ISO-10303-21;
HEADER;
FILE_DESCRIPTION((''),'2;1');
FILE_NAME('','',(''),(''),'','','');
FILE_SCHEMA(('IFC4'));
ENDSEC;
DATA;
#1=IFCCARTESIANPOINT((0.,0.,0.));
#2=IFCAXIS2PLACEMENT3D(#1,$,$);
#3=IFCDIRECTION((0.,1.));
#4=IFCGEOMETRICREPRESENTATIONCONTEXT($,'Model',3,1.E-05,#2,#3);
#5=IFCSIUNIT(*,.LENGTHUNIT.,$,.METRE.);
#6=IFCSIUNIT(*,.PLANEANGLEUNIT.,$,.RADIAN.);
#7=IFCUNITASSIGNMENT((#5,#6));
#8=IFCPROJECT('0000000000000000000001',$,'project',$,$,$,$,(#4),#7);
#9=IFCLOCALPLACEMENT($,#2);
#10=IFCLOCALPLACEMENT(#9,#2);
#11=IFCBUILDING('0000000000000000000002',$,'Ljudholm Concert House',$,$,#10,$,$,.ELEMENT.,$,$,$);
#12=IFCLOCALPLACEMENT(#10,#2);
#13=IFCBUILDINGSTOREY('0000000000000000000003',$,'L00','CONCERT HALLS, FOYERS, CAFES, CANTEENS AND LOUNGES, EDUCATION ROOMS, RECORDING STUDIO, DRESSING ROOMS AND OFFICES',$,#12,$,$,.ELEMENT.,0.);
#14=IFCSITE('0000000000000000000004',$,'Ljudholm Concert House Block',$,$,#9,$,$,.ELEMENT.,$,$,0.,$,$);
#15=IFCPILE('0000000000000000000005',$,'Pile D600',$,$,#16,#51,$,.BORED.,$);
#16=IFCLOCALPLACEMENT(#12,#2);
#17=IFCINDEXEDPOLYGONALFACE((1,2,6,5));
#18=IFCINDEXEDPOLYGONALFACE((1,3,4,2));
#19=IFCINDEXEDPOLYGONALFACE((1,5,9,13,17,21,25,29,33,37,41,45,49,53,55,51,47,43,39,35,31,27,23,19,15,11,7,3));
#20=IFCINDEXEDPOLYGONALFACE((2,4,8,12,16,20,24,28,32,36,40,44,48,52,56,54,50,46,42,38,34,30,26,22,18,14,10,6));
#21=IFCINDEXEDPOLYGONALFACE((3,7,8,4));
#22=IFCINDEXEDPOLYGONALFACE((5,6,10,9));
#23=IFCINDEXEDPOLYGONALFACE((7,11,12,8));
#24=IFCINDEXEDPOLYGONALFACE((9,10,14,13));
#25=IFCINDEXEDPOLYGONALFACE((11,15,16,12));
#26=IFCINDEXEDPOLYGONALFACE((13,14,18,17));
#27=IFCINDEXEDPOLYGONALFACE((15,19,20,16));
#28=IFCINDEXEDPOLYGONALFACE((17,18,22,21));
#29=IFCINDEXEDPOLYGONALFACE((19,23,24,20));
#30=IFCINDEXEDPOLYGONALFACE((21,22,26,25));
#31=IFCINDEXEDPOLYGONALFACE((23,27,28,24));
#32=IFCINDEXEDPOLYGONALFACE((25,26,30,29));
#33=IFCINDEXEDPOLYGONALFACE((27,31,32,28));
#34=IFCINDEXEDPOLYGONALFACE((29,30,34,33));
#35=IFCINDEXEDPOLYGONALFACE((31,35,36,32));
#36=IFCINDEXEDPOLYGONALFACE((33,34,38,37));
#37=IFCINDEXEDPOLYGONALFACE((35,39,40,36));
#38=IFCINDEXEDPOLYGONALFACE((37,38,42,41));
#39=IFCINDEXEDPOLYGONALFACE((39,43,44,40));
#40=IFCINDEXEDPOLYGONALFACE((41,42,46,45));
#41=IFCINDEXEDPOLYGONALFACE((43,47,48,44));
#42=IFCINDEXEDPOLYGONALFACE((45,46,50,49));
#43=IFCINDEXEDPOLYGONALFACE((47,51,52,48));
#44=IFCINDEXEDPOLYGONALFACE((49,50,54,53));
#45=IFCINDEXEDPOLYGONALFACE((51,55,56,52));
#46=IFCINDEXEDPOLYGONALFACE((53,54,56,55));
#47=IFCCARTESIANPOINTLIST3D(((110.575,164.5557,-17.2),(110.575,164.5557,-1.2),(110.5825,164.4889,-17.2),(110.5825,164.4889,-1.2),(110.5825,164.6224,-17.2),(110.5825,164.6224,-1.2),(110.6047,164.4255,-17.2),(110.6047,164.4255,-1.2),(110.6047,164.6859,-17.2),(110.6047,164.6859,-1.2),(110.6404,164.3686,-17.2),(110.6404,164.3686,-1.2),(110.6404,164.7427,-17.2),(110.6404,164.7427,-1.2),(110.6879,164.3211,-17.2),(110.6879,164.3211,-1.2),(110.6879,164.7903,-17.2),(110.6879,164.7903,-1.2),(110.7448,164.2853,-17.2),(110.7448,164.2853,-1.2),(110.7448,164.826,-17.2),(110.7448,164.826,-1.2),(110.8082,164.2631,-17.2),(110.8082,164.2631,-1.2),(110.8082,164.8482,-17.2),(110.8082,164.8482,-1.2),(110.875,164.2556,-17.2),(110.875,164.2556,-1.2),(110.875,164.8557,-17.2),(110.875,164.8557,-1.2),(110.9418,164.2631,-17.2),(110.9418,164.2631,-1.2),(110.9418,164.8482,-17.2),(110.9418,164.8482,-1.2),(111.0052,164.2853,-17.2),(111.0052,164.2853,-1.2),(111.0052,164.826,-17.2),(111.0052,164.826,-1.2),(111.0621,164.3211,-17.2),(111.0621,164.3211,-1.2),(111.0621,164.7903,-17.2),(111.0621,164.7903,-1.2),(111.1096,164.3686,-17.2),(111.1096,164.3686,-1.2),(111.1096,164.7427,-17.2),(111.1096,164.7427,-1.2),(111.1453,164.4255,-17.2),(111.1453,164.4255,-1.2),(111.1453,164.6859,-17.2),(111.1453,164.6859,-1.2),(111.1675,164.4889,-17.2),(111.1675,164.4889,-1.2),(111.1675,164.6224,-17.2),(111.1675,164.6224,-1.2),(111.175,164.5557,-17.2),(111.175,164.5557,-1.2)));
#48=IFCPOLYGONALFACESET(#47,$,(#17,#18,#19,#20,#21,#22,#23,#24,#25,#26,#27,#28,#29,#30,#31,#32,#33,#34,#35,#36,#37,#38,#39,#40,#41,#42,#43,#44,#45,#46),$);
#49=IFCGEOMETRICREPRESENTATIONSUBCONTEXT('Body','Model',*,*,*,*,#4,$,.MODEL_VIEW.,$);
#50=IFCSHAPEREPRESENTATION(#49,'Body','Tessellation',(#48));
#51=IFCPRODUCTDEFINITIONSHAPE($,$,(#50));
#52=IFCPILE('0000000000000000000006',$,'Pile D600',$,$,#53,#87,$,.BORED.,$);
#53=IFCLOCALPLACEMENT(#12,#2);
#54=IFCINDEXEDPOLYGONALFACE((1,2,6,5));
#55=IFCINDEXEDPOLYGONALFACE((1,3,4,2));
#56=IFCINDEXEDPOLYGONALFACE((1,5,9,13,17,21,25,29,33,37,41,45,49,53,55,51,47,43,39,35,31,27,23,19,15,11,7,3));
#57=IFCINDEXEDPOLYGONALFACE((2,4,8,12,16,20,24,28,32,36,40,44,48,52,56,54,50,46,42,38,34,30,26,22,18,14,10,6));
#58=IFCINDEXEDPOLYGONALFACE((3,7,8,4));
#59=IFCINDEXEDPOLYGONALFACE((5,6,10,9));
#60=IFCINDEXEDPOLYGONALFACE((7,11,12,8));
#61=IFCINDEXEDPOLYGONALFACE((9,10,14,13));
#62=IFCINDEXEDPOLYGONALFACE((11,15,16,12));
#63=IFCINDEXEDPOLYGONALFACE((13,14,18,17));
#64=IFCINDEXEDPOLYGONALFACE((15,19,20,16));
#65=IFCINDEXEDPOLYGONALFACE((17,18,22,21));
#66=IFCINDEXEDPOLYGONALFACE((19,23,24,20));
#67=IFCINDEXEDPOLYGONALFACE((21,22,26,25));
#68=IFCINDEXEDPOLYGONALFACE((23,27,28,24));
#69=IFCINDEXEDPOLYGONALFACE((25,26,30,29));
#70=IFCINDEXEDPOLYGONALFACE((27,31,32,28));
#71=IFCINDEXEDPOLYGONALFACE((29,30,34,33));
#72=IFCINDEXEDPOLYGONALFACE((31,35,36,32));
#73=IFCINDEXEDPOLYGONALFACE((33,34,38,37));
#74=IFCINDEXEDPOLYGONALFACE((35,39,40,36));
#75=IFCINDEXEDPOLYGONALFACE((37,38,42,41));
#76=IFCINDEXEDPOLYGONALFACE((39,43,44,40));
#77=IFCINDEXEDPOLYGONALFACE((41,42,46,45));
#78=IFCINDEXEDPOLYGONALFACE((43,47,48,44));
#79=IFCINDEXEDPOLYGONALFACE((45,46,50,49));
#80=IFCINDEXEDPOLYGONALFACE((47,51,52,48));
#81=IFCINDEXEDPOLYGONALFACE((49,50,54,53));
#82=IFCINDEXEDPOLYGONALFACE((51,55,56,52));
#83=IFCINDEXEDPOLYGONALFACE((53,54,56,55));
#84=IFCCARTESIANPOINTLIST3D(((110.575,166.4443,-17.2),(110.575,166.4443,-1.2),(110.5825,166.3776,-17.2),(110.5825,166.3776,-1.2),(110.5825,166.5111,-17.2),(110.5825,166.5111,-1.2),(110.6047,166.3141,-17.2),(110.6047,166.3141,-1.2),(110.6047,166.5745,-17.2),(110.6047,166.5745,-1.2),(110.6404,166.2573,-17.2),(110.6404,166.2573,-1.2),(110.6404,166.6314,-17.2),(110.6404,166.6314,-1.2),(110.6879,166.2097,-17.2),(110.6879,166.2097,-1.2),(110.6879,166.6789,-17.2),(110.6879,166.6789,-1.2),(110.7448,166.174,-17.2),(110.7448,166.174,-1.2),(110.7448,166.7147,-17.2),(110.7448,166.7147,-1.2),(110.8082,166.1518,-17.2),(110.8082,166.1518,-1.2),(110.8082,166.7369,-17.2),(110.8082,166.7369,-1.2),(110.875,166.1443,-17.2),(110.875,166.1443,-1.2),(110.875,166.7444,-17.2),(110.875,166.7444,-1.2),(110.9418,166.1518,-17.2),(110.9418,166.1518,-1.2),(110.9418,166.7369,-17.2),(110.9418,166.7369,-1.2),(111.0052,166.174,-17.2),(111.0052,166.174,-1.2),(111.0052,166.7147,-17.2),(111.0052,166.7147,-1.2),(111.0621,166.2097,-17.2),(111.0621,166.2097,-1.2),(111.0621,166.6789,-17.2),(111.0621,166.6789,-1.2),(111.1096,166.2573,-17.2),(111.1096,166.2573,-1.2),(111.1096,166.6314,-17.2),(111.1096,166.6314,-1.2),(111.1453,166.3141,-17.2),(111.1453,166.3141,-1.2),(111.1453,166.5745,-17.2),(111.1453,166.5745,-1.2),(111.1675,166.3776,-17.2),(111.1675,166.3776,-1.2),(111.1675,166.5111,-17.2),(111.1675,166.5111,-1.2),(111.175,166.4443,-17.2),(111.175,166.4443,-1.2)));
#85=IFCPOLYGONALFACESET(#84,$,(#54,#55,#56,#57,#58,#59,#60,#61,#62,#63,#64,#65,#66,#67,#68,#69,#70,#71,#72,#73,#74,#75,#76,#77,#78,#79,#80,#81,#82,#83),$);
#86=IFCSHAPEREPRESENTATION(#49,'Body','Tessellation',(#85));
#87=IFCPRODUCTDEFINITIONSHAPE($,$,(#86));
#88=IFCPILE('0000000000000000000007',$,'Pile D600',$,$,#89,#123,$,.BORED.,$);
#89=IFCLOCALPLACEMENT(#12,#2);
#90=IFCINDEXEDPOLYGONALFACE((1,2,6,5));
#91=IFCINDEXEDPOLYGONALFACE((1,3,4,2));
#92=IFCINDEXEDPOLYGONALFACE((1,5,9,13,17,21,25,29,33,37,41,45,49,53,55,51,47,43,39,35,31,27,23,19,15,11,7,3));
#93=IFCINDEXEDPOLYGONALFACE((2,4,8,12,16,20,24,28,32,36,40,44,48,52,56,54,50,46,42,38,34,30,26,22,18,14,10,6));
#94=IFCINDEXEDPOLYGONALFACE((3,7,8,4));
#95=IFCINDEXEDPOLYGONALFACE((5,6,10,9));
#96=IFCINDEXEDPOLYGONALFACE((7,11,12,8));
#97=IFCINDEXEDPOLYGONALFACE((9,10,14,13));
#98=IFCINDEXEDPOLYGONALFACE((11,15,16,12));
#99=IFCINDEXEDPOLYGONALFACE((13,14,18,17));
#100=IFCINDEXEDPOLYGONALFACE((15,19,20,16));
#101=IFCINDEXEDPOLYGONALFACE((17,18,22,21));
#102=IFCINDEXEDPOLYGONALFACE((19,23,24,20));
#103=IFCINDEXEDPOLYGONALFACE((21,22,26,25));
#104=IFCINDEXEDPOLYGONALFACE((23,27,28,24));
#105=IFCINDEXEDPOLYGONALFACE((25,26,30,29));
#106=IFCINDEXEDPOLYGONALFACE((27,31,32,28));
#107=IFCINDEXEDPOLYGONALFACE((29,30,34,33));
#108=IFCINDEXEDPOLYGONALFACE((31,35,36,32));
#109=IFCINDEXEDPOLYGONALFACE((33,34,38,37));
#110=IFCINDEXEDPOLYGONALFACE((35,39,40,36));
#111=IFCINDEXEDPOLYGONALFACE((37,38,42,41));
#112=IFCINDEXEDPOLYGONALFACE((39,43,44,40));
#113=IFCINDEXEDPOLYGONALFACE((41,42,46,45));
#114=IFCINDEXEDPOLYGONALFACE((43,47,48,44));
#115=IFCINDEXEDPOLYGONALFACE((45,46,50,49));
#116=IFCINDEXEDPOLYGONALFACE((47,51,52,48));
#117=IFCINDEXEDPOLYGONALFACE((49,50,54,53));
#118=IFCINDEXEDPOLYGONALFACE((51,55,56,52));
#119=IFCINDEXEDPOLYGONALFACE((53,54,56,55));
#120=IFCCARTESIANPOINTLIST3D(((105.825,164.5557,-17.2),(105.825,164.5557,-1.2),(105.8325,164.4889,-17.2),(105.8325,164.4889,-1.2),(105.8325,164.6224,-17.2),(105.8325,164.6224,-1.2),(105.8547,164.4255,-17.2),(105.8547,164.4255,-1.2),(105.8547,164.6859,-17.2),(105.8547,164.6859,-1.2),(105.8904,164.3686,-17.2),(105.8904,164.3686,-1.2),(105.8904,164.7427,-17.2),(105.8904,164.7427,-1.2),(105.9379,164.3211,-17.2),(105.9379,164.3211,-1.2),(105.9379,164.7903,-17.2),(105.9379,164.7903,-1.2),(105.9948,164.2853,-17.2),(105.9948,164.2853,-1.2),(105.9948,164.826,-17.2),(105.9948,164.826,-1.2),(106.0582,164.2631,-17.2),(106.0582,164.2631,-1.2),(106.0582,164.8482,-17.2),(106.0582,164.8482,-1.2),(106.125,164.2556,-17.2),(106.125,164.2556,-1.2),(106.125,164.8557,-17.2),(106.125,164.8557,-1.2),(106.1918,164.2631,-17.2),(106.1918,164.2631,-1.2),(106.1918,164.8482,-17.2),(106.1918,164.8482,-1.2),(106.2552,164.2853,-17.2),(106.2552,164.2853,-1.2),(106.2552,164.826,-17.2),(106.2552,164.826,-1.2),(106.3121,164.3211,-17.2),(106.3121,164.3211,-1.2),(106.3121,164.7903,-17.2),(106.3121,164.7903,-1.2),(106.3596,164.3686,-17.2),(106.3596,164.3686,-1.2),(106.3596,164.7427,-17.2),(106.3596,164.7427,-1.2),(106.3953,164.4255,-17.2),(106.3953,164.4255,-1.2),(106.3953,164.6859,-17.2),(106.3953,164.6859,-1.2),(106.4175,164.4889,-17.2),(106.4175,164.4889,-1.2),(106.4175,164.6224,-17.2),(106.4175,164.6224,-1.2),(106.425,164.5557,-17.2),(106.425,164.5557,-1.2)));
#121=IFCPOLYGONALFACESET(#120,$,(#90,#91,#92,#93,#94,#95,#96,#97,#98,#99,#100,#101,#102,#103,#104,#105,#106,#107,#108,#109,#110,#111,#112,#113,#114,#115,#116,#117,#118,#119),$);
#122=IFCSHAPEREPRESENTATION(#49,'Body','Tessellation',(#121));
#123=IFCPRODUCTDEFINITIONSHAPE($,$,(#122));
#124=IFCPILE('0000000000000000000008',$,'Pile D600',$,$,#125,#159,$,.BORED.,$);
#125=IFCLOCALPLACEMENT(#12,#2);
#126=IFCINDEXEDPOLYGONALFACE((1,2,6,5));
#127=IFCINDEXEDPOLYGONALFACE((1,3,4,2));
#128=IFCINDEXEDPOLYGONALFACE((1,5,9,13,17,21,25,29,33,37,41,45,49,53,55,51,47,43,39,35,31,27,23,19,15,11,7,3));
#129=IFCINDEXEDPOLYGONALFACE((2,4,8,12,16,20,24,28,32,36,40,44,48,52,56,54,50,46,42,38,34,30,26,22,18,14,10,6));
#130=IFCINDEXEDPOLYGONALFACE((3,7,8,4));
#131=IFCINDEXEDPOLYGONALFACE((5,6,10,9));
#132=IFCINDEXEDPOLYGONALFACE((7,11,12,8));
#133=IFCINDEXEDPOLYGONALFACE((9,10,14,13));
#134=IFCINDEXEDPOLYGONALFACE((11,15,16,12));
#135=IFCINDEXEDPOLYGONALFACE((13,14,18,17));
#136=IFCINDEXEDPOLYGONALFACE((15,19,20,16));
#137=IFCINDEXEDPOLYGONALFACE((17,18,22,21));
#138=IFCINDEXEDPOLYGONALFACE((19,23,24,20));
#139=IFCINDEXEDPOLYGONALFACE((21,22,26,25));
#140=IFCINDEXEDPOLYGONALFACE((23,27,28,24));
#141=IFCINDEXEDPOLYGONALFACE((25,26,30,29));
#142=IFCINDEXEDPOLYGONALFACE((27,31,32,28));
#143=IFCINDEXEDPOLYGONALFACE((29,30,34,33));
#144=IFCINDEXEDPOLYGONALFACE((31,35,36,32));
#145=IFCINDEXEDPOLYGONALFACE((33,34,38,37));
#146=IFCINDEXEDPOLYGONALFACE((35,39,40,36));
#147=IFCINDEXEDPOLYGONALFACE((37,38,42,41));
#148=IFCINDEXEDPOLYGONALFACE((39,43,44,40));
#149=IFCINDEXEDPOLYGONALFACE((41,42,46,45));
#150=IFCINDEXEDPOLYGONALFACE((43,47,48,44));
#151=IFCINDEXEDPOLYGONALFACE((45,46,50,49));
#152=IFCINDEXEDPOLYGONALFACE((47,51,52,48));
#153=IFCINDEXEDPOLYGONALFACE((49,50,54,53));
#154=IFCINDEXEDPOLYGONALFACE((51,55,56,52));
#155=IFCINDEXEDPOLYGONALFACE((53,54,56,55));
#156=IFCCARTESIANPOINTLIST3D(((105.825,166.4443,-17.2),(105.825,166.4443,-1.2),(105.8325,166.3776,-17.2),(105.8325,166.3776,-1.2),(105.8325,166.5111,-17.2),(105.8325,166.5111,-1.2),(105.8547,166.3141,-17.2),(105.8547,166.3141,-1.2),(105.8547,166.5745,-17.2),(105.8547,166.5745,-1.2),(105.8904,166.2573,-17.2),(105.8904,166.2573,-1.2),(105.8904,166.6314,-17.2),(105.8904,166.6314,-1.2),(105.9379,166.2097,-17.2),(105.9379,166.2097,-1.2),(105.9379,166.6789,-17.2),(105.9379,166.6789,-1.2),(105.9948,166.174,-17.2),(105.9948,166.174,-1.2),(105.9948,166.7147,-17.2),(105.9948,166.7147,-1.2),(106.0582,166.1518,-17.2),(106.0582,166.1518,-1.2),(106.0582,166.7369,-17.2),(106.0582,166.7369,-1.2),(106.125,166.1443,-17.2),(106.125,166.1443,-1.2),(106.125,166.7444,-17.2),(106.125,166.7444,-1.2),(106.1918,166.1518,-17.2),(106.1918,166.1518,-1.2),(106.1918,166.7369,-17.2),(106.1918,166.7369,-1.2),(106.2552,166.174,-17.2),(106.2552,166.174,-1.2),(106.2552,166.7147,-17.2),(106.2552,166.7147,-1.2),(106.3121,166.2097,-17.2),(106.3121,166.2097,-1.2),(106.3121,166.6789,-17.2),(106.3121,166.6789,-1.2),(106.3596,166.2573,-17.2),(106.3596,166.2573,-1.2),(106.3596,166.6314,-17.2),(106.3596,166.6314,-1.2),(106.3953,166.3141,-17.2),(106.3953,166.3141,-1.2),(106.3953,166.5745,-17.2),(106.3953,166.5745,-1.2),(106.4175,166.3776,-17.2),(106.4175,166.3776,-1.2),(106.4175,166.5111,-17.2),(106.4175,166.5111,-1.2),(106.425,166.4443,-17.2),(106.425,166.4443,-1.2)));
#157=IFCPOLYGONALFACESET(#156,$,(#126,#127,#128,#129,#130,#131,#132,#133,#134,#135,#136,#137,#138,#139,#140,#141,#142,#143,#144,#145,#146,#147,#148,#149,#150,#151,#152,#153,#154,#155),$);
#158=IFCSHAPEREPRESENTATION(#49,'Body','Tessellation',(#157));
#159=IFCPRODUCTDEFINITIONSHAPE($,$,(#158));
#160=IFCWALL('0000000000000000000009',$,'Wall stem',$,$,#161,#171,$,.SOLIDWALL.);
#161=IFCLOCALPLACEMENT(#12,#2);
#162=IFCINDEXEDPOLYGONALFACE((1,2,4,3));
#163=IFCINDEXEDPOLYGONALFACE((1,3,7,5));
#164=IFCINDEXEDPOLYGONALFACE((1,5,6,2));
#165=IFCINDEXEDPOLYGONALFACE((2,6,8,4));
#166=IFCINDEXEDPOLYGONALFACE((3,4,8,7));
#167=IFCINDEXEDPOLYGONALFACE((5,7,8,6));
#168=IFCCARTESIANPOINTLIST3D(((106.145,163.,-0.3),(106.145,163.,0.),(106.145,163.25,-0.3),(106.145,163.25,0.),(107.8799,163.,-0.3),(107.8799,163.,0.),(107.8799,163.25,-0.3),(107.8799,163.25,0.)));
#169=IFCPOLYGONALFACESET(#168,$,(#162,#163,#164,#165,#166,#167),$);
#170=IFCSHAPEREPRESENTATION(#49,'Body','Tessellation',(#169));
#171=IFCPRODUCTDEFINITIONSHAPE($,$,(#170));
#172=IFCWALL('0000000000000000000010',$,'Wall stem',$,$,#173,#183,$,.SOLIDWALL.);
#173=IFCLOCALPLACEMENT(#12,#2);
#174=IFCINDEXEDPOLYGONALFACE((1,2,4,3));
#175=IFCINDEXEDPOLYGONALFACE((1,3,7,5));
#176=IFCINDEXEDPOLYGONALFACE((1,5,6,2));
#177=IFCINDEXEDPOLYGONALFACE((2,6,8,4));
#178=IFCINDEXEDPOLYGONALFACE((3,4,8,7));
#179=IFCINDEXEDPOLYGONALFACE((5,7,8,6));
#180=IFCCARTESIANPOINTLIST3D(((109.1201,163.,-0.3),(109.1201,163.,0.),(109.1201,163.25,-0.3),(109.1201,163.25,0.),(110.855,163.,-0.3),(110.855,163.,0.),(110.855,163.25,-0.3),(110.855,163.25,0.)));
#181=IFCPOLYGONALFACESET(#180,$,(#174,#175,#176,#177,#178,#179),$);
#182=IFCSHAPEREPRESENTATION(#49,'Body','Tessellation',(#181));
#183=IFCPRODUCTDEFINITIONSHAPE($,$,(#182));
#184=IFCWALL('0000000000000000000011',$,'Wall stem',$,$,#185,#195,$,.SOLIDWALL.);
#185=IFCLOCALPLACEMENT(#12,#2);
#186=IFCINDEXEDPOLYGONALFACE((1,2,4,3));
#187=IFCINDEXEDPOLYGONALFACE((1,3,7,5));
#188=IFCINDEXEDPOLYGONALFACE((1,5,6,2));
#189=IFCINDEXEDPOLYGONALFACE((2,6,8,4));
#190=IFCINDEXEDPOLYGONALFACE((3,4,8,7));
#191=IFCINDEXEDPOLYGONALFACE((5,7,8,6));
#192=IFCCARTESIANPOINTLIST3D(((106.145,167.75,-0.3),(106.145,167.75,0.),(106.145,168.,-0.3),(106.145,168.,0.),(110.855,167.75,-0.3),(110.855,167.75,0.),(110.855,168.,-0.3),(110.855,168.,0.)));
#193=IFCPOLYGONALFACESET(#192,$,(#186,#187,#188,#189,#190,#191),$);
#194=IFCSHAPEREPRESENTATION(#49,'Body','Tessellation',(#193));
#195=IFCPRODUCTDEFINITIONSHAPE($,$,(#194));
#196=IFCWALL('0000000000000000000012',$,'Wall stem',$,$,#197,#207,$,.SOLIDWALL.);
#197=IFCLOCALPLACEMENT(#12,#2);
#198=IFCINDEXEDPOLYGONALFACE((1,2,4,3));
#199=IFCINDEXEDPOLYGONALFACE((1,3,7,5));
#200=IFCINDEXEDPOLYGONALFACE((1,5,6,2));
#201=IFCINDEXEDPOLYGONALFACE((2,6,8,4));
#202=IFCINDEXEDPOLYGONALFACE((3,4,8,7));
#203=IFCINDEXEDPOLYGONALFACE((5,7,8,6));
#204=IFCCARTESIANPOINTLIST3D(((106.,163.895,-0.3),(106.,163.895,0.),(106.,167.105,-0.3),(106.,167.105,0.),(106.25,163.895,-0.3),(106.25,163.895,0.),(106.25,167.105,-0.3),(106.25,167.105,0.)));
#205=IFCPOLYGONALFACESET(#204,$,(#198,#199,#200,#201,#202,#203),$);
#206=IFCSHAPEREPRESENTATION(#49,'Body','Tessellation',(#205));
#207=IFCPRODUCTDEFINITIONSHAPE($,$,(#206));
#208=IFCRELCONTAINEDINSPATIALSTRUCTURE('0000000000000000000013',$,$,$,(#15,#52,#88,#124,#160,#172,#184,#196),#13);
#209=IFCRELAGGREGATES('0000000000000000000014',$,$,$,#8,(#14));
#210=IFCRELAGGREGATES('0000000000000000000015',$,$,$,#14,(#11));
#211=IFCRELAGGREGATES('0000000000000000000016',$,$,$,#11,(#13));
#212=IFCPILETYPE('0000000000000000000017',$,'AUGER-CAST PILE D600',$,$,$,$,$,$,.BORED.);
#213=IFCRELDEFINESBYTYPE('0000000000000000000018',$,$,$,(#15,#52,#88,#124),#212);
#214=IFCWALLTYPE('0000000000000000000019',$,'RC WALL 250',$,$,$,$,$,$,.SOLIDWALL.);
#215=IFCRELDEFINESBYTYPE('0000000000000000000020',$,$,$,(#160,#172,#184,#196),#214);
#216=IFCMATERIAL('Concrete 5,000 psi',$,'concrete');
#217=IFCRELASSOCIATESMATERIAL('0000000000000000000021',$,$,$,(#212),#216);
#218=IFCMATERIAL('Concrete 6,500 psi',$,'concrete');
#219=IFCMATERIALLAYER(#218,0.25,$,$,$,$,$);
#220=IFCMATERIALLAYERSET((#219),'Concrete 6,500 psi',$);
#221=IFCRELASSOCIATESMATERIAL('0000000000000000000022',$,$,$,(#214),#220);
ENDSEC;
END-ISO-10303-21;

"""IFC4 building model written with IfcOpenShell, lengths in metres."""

from ifc_helpers import new_model, si_unit, direction, frame, frame_2d, origin, origin_2d, place, context, subcontext, project, spatial, rectangle, circle, extrude, material, layer, layer_set, material_profile, profile_set, type_object, element, save


model = new_model("IFC4")

# Units and contexts
model_context = context("Model", 3, precision=1e-05, world=origin(), true_north=direction((0.0, 1.0)))
body_context = subcontext(model_context, "Body", "Model", "MODEL_VIEW")
ifc_project = project(units=[si_unit("LENGTHUNIT", "METRE"), si_unit("PLANEANGLEUNIT", "RADIAN")], contexts=[model_context])

# Site, building, storey
site_placement = place(None, origin())
site = spatial("IfcSite", under=ifc_project, at=site_placement, Name="Ljudholm Concert House Block", CompositionType="ELEMENT", RefElevation=0.0)
building_placement = place(site_placement, origin())
building = spatial("IfcBuilding", under=site, at=building_placement, Name="Ljudholm Concert House", CompositionType="ELEMENT")
storey_placement = place(building_placement, origin())
storey = spatial("IfcBuildingStorey", under=building, at=storey_placement, Name="L00", Description="CONCERT HALLS, FOYERS, CAFES, CANTEENS AND LOUNGES, EDUCATION ROOMS, RECORDING STUDIO, DRESSING ROOMS AND OFFICES", CompositionType="ELEMENT", Elevation=0.0)

# Piles
ifc_material_1 = material(Name="Concrete 5,000 psi", Category="concrete")
ifc_material_profile = material_profile(ifc_material_1, circle(Radius=0.3, at=origin_2d()), Name="AUGER-CAST PILE D600")
ifc_profile_set = profile_set([ifc_material_profile], Name="Concrete 5,000 psi")
pile_type = type_object("IfcPileType", Name="AUGER-CAST PILE D600", PredefinedType="BORED", material=ifc_profile_set)
for number, where, z_axis, x_axis, name in (
    (1, (110.875, 164.5557, -1.2), (0.0, 0.0, -1.0), (1.0, 0.0, 0.0), "Pile D600"),
    (2, (110.875, 166.4443, -1.2), (0.0, 0.0, -1.0), (1.0, 0.0, 0.0), "Pile D600"),
    (3, (106.125, 164.5557, -1.2), (0.0, 0.0, -1.0), (1.0, 0.0, 0.0), "Pile D600"),
    (4, (106.125, 166.4443, -1.2), (0.0, 0.0, -1.0), (1.0, 0.0, 0.0), "Pile D600"),
):
    element("IfcPile", number, at=place(storey_placement, frame(where, z_axis=z_axis, x_axis=x_axis)), inside=storey, type_object=pile_type, Name=name, PredefinedType="BORED", context=body_context, shape_type="SweptSolid", body=[
        extrude(circle(Radius=0.3, at=origin_2d()), origin(), (0.0, 0.0, 1.0), 16.0),
    ])

# Walls
ifc_material_2 = material(Name="Concrete 6,500 psi", Category="concrete")
ifc_layer_1 = layer(ifc_material_2, 0.25)
ifc_layer_set_1 = layer_set([ifc_layer_1], Name="Concrete 6,500 psi")
wall_type_1 = type_object("IfcWallType", Name="RC WALL 250", PredefinedType="SOLIDWALL", material=ifc_layer_set_1)
for number, where, z_axis, x_axis, name in (
    (5, (106.145, 163.125, -0.3), (0.0, 0.0, 1.0), (1.0, 0.0, 0.0), "Wall stem"),
    (6, (109.1201, 163.125, -0.3), (0.0, 0.0, 1.0), (1.0, 0.0, 0.0), "Wall stem"),
):
    element("IfcWall", number, at=place(storey_placement, frame(where, z_axis=z_axis, x_axis=x_axis)), inside=storey, type_object=wall_type_1, Name=name, PredefinedType="SOLIDWALL", context=body_context, shape_type="SweptSolid", body=[
        extrude(rectangle(XDim=1.7349, YDim=0.25, at=frame_2d((0.8674, 0.0))), origin(), (0.0, 0.0, 1.0), 0.3),
    ])
wall_1_placement = place(storey_placement, frame((106.145, 167.875, -0.3), z_axis=(0.0, 0.0, 1.0), x_axis=(1.0, 0.0, 0.0)))
element("IfcWall", 7, at=wall_1_placement, inside=storey, type_object=wall_type_1, Name="Wall stem", PredefinedType="SOLIDWALL", context=body_context, shape_type="SweptSolid", body=[
    extrude(rectangle(XDim=4.71, YDim=0.25, at=frame_2d((2.355, 0.0))), origin(), (0.0, 0.0, 1.0), 0.3),
])
for number, where, z_axis, x_axis, name in (
    (8, (106.125, 163.895, -0.3), (0.0, 0.0, 1.0), (0.0, 1.0, 0.0), "Wall stem"),
):
    element("IfcWall", number, at=place(storey_placement, frame(where, z_axis=z_axis, x_axis=x_axis)), inside=storey, type_object=wall_type_1, Name=name, PredefinedType="SOLIDWALL", context=body_context, shape_type="SweptSolid", body=[
        extrude(rectangle(XDim=3.21, YDim=0.25, at=frame_2d((1.605, 0.0))), origin(), (0.0, 0.0, 1.0), 0.3),
    ])

save(model, "model.ifc")
